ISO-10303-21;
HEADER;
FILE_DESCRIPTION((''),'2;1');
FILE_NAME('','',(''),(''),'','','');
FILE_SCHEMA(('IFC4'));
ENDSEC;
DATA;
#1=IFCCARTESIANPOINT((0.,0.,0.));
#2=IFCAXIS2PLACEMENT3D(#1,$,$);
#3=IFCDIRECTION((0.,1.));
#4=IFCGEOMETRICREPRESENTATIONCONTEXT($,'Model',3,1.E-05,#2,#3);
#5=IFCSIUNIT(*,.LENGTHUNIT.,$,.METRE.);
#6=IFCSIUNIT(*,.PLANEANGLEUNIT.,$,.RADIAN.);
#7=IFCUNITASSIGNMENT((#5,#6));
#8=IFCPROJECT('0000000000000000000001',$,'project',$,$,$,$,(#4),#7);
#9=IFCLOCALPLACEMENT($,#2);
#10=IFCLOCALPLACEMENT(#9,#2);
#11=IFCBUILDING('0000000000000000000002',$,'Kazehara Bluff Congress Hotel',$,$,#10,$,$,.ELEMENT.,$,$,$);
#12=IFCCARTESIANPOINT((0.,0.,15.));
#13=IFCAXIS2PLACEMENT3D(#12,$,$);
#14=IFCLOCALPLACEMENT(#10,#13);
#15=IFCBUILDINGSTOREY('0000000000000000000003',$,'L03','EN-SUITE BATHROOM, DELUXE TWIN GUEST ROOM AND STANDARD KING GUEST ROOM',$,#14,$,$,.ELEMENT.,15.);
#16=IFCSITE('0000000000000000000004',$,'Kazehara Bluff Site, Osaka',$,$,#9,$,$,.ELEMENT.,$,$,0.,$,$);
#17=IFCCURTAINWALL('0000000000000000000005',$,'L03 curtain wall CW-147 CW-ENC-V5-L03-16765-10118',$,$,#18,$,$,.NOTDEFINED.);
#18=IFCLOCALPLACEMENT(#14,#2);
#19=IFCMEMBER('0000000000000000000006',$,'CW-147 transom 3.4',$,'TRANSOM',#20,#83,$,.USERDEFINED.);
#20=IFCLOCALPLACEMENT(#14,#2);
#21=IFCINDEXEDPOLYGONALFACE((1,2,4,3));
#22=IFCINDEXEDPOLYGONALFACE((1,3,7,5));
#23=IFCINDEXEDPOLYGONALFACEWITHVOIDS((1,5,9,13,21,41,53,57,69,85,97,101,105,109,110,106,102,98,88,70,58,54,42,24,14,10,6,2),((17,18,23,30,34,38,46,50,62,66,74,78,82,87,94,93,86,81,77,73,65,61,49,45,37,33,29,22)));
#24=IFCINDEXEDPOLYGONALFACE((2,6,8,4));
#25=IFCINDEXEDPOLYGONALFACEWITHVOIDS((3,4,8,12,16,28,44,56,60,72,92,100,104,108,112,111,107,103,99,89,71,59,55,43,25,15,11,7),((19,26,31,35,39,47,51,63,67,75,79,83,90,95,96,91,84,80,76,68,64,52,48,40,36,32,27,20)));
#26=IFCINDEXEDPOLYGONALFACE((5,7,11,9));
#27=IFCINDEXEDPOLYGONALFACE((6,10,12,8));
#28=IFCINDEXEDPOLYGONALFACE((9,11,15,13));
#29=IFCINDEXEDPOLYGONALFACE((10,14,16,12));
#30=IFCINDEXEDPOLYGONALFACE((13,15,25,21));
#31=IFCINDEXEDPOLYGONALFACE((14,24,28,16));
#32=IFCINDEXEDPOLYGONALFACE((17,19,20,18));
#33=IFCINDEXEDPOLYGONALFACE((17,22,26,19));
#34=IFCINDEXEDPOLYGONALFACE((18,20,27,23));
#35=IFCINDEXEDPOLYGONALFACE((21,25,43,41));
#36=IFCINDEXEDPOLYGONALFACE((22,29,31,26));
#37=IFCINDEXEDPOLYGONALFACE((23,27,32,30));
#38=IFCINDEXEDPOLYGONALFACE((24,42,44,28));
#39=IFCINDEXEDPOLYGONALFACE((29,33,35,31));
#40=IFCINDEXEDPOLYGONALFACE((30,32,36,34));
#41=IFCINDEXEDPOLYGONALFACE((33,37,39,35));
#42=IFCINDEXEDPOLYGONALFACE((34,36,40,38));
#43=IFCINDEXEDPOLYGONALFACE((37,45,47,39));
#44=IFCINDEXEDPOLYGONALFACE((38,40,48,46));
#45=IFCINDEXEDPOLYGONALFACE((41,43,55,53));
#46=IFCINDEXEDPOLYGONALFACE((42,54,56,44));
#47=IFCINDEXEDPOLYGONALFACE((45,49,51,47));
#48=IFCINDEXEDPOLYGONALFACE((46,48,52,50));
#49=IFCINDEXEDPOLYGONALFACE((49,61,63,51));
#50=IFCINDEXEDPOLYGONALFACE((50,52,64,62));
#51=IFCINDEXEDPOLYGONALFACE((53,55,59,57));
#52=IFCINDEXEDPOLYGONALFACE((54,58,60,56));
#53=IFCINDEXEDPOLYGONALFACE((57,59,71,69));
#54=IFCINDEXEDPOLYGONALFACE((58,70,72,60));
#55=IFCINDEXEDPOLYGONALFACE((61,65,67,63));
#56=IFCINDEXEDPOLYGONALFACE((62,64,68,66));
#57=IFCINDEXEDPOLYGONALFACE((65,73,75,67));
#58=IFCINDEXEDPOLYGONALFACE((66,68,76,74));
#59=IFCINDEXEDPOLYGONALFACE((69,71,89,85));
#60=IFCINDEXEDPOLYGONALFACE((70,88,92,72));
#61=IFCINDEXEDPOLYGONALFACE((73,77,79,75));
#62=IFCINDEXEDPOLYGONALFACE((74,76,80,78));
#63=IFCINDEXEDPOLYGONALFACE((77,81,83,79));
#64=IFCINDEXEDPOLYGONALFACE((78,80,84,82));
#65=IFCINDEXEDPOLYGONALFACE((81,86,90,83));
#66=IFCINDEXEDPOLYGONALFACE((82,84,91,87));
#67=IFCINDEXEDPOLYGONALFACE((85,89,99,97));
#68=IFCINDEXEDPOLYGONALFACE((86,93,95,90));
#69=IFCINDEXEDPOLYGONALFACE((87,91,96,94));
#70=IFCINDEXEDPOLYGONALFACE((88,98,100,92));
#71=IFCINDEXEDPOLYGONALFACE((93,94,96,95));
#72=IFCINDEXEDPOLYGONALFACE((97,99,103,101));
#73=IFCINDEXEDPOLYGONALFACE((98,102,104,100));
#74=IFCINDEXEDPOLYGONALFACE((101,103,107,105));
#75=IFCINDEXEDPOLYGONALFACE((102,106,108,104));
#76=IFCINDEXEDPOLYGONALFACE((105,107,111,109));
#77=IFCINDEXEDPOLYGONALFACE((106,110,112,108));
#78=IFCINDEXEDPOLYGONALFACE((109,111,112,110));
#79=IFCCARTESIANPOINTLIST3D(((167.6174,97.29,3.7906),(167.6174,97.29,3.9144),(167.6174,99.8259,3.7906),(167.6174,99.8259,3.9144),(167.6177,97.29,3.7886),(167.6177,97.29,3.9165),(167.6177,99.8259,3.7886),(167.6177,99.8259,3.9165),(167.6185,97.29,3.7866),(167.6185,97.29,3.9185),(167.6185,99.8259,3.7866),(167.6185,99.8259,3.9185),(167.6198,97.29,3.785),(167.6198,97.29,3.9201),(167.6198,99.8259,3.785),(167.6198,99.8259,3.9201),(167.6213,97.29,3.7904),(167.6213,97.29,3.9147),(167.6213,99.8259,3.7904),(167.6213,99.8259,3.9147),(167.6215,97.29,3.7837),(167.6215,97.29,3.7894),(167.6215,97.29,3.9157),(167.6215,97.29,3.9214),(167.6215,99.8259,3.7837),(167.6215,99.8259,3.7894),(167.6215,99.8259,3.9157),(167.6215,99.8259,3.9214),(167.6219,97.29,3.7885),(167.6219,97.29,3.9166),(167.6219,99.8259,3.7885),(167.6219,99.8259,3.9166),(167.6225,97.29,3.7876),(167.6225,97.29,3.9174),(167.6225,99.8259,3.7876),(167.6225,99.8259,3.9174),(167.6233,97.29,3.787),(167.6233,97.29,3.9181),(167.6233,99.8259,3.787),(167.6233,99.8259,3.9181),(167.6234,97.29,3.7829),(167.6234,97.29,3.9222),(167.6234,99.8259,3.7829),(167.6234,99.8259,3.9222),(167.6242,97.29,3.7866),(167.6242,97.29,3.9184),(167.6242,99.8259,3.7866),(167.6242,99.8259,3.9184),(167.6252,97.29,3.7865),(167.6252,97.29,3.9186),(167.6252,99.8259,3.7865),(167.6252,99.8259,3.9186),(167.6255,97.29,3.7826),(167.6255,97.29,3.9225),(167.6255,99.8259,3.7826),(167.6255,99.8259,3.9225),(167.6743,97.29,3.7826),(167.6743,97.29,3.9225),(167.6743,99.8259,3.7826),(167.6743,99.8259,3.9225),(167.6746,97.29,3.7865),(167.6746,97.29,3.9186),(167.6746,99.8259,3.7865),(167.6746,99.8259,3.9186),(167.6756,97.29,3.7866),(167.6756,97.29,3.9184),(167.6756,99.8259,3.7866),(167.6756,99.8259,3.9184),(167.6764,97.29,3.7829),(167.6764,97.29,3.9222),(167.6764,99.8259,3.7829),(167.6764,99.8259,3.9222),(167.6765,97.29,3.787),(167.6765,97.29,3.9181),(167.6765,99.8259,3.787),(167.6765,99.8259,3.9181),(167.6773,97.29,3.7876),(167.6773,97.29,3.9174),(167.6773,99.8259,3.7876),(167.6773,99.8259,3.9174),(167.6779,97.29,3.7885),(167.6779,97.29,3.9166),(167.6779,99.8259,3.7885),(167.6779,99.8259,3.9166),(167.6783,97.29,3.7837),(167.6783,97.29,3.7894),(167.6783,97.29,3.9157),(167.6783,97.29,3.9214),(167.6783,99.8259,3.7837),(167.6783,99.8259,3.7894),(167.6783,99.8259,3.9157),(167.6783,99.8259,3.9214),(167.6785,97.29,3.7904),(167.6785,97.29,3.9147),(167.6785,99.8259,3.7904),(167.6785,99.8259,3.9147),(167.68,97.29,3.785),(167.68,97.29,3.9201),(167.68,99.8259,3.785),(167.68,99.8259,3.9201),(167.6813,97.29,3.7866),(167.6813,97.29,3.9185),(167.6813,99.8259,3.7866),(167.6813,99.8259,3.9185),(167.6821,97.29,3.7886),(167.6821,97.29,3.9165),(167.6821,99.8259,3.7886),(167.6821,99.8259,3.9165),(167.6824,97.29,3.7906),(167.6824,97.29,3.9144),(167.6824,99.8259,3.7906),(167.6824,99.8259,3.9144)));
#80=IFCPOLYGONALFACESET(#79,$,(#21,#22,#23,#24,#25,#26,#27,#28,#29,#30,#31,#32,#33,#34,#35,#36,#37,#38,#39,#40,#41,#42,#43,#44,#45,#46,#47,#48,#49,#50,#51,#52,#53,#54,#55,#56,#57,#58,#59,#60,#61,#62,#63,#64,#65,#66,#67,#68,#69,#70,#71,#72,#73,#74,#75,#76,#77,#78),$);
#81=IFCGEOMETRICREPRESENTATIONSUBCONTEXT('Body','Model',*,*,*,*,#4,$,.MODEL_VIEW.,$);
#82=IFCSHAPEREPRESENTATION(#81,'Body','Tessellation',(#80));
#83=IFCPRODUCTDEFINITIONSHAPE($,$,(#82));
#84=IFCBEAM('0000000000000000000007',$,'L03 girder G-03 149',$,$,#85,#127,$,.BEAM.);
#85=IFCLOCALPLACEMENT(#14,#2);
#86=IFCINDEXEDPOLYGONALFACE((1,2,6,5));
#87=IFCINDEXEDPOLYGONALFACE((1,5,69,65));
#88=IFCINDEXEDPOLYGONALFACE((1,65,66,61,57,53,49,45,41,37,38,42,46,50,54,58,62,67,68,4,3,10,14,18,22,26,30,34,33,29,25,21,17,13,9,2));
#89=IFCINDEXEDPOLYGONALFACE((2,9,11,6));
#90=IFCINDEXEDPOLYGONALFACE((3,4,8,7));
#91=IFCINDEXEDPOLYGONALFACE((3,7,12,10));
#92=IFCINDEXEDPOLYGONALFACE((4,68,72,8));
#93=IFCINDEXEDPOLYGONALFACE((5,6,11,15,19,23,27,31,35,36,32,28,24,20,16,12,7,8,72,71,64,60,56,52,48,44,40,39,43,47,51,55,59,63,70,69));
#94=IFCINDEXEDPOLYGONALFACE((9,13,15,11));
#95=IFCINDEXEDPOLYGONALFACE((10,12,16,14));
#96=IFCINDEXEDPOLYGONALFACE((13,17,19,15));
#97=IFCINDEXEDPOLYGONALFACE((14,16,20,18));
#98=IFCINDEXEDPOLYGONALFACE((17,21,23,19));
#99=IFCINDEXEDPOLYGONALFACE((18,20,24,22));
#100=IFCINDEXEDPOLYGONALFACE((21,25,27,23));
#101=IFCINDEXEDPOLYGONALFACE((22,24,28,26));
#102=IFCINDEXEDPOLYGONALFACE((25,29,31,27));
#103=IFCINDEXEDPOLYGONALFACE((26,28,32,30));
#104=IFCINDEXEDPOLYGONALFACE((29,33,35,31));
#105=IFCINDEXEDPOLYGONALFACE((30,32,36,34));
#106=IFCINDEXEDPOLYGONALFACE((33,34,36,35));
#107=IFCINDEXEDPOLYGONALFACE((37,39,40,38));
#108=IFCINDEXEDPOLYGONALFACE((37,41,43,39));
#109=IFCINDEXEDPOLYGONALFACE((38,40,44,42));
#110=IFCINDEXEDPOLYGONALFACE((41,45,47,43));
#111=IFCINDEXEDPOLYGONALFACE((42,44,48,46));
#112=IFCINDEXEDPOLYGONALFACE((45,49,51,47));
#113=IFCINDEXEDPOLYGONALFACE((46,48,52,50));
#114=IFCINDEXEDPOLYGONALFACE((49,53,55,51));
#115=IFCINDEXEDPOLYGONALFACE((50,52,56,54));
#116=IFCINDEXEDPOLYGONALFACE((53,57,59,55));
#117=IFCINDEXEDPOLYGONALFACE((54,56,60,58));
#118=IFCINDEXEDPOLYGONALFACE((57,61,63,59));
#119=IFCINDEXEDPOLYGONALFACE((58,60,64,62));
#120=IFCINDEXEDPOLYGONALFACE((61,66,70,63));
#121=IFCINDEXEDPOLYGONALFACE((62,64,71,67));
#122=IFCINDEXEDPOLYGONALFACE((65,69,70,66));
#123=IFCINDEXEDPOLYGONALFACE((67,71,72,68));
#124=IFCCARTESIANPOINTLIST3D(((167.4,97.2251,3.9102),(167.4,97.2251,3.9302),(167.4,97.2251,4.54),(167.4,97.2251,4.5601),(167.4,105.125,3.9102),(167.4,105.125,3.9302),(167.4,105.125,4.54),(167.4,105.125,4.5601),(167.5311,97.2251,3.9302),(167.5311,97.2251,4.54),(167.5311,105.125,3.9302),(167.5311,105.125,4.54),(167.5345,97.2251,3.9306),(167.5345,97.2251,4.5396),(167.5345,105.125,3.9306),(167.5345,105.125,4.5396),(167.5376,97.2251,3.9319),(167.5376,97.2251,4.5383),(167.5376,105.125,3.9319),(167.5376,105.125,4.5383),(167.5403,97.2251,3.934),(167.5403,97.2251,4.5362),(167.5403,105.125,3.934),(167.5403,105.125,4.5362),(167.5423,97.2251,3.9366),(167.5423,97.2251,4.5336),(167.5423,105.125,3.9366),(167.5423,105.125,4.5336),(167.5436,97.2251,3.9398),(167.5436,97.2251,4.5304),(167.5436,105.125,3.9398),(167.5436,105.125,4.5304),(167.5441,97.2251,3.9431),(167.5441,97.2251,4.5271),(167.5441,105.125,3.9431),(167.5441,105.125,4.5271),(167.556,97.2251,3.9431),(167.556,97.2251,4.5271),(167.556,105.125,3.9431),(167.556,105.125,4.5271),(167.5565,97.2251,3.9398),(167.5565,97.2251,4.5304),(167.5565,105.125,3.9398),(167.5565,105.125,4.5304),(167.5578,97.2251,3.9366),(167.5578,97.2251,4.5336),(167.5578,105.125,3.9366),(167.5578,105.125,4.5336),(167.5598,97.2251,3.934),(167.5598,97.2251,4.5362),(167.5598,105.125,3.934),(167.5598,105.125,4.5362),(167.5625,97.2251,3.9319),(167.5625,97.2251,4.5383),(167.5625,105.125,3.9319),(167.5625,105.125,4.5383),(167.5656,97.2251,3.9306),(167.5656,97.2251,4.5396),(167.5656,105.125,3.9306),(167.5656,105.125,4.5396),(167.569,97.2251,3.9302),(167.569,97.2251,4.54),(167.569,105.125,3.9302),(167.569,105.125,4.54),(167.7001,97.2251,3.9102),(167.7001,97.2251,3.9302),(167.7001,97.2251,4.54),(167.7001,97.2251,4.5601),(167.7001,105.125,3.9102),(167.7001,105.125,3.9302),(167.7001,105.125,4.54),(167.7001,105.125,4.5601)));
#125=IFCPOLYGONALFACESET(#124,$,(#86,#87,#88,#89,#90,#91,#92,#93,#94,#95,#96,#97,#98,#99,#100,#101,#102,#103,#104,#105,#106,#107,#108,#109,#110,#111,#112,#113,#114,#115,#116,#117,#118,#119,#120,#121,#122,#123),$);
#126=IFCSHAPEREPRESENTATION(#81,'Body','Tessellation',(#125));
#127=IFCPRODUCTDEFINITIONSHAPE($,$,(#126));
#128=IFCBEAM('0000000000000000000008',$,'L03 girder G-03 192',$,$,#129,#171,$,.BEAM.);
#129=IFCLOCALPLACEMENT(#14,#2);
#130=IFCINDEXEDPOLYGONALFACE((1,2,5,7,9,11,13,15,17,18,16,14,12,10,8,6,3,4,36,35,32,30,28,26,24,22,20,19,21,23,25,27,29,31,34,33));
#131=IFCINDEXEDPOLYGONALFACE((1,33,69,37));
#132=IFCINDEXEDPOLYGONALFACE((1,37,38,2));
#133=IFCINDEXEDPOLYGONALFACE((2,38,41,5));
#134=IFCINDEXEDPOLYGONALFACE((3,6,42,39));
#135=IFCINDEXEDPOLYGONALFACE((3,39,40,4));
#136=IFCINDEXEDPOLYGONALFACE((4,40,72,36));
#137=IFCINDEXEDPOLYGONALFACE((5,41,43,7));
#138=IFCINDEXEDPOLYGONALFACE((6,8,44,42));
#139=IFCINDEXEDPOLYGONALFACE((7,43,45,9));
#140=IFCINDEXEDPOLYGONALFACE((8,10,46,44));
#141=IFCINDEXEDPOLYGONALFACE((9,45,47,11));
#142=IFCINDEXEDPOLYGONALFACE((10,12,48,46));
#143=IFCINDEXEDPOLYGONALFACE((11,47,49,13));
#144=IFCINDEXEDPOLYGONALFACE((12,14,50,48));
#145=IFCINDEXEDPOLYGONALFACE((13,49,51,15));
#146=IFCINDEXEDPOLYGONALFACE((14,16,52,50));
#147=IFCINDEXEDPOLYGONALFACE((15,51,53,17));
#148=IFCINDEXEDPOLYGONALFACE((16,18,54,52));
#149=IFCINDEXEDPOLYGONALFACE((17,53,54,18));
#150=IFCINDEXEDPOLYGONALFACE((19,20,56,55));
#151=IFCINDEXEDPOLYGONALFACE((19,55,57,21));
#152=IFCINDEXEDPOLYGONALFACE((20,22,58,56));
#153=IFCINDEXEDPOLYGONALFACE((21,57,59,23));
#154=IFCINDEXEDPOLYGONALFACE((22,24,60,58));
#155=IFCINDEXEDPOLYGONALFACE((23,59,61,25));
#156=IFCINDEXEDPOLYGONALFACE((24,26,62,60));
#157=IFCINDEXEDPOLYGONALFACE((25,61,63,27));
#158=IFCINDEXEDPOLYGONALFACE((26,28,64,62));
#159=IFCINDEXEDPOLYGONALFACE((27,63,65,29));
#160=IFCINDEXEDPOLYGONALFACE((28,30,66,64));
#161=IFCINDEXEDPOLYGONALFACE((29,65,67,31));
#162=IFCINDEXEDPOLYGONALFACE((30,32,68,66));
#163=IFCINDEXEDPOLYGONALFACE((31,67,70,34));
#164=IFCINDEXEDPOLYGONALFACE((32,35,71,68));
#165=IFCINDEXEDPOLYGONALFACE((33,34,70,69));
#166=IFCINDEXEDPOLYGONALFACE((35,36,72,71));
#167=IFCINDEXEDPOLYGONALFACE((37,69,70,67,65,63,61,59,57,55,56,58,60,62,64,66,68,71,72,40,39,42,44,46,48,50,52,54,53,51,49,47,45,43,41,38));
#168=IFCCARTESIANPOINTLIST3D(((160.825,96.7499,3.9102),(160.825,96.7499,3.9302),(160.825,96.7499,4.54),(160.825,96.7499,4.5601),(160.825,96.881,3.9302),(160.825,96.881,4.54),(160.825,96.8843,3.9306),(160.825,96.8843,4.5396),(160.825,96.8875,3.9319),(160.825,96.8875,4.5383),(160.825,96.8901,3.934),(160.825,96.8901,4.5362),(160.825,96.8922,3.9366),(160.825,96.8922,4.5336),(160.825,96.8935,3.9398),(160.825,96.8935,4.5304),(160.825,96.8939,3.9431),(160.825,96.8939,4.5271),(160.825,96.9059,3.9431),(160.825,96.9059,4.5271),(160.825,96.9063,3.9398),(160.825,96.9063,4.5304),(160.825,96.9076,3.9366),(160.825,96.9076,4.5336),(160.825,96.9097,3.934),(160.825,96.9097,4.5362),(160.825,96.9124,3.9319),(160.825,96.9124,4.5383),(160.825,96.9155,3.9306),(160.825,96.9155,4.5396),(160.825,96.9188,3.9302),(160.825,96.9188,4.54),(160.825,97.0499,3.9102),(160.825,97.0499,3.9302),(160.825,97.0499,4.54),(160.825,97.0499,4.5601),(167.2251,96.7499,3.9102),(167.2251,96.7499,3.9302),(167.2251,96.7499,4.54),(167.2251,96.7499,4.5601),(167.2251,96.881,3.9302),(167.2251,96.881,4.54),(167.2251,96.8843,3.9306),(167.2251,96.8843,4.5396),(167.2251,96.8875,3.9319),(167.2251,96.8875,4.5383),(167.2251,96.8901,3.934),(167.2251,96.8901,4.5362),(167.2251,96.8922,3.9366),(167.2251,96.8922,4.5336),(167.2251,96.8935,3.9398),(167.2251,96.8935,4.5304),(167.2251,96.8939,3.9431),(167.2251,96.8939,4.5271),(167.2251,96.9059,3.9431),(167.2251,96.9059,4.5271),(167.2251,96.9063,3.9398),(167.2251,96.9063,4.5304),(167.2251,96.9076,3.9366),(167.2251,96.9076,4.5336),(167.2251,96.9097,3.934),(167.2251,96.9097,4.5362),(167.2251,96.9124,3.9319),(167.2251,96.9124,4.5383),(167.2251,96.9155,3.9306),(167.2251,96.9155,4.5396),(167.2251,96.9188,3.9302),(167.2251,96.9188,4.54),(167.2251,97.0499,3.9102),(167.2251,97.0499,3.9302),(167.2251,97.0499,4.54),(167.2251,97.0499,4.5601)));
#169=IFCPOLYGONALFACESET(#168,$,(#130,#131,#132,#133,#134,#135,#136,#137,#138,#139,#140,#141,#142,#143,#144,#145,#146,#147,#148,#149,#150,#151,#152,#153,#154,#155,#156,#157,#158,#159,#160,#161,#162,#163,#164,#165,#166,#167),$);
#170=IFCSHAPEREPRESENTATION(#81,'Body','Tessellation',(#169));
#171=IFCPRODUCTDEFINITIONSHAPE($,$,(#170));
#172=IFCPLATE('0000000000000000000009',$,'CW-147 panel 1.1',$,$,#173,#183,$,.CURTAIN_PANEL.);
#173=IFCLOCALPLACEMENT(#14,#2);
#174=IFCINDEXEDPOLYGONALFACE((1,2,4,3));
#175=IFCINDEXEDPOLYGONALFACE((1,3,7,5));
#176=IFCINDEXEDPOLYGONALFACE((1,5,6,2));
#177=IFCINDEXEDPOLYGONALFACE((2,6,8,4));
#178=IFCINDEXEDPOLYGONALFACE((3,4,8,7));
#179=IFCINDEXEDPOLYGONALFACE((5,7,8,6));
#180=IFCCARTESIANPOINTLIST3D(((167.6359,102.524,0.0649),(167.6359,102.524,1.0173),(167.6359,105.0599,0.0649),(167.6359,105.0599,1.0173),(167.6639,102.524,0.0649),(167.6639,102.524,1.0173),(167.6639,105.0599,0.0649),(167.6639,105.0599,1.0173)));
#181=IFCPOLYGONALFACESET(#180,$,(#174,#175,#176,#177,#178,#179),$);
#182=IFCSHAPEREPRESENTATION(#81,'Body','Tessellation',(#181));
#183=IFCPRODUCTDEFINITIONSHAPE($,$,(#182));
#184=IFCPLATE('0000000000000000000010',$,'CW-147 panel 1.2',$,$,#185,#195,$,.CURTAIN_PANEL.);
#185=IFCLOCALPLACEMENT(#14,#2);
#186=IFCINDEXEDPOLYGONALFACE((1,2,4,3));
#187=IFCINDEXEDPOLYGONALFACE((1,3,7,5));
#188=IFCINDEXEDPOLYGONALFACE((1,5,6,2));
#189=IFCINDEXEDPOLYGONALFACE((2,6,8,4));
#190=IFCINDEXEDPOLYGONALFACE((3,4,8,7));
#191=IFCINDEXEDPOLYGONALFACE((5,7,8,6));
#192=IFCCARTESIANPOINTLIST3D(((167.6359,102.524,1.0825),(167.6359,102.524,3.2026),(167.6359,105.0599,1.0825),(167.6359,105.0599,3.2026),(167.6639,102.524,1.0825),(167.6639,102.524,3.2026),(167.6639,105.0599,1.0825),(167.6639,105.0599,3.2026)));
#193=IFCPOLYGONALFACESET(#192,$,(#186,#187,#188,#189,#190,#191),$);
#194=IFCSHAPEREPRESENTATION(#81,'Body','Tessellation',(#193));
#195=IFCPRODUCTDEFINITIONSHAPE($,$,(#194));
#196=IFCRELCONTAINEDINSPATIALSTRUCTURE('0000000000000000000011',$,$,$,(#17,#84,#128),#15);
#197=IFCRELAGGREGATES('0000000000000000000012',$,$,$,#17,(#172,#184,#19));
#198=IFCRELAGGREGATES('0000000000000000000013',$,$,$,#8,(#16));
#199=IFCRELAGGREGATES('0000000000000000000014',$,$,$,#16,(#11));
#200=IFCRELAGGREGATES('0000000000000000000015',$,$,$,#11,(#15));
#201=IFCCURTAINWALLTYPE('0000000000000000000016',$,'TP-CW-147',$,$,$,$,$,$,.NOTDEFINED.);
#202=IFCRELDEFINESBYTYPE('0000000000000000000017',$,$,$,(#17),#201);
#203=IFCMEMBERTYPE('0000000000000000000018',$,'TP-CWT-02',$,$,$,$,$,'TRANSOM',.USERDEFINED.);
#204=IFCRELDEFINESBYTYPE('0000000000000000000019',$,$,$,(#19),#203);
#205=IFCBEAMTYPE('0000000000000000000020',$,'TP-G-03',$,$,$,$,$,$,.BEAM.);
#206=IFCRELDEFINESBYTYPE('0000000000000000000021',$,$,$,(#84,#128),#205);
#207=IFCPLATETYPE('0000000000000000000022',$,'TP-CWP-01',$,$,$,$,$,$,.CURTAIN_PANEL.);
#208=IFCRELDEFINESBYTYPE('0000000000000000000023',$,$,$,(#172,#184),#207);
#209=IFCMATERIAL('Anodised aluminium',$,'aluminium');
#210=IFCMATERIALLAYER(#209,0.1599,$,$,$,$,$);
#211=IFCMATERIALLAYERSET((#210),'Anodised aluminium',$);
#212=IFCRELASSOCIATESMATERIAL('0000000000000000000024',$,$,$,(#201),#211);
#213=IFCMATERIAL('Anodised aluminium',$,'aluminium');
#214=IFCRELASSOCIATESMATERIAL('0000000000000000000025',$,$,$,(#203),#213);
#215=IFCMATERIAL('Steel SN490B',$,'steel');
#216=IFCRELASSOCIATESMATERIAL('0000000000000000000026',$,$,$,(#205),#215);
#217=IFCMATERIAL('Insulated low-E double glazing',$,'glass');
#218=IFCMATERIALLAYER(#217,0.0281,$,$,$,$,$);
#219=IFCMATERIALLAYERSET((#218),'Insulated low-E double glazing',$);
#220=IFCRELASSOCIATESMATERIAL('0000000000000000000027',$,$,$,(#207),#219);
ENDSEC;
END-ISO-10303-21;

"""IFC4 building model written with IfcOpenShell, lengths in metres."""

from ifc_helpers import new_model, si_unit, direction, frame, origin, origin_2d, place, context, subcontext, project, spatial, rectangle, hollow_rectangle, i_section, extrude, material, layer, layer_set, material_profile, profile_set, type_object, element, aggregate, save


model = new_model("IFC4")

# Units and contexts
model_context = context("Model", 3, precision=1e-05, world=origin(), true_north=direction((0.0, 1.0)))
body_context = subcontext(model_context, "Body", "Model", "MODEL_VIEW")
ifc_project = project(units=[si_unit("LENGTHUNIT", "METRE"), si_unit("PLANEANGLEUNIT", "RADIAN")], contexts=[model_context])

# Site, building, storey
site_placement = place(None, origin())
site = spatial("IfcSite", under=ifc_project, at=site_placement, Name="Kazehara Bluff Site, Osaka", CompositionType="ELEMENT", RefElevation=0.0)
building_placement = place(site_placement, origin())
building = spatial("IfcBuilding", under=site, at=building_placement, Name="Kazehara Bluff Congress Hotel", CompositionType="ELEMENT")
storey_placement = place(building_placement, frame((0.0, 0.0, 15.0)))
storey = spatial("IfcBuildingStorey", under=building, at=storey_placement, Name="L03", Description="EN-SUITE BATHROOM, DELUXE TWIN GUEST ROOM AND STANDARD KING GUEST ROOM", CompositionType="ELEMENT", Elevation=15.0)

# Curtain wall, member
ifc_material_1 = material(Name="Anodised aluminium", Category="aluminium")
ifc_layer_1 = layer(ifc_material_1, 0.1599)
ifc_layer_set_1 = layer_set([ifc_layer_1], Name="Anodised aluminium")
curtain_wall_type = type_object("IfcCurtainWallType", Name="TP-CW-147", PredefinedType="NOTDEFINED", material=ifc_layer_set_1)
curtain_wall_placement = place(storey_placement, origin())
curtain_wall = element("IfcCurtainWall", 1, at=curtain_wall_placement, inside=storey, type_object=curtain_wall_type, Name="L03 curtain wall CW-147 CW-ENC-V5-L03-16765-10118", PredefinedType="NOTDEFINED")
ifc_material_2 = material(Name="Anodised aluminium", Category="aluminium")
ifc_material_profile_1 = material_profile(ifc_material_2, hollow_rectangle(XDim=0.0649, YDim=0.1399, WallThickness=0.0039, InnerFilletRadius=0.0039, OuterFilletRadius=0.0081, at=origin_2d()))
ifc_profile_set_1 = profile_set([ifc_material_profile_1], Name="Anodised aluminium")
member_type_1 = type_object("IfcMemberType", Name="TP-CWT-02", ElementType="TRANSOM", PredefinedType="USERDEFINED", material=ifc_profile_set_1)
member_1_placement = place(storey_placement, frame((167.6499, 99.8259, 3.8525), z_axis=(0.0, -1.0, 0.0), x_axis=(1.0, 0.0, 0.0)))
member_1 = element("IfcMember", 2, at=member_1_placement, type_object=member_type_1, Name="CW-147 transom 3.4", ObjectType="TRANSOM", PredefinedType="USERDEFINED", context=body_context, shape_type="SweptSolid", body=[
    extrude(hollow_rectangle(XDim=0.0649, YDim=0.1399, WallThickness=0.0039, InnerFilletRadius=0.0039, OuterFilletRadius=0.0081, at=origin_2d()), origin(), (0.0, 0.0, 1.0), 2.5359),
])

# Beams
ifc_material_3 = material(Name="Steel SN490B", Category="steel")
ifc_material_profile_2 = material_profile(ifc_material_3, i_section(OverallWidth=0.3, OverallDepth=0.6499, WebThickness=0.012, FlangeThickness=0.02, FilletRadius=0.0129, at=origin_2d()))
ifc_profile_set_2 = profile_set([ifc_material_profile_2], Name="Steel SN490B")
beam_type = type_object("IfcBeamType", Name="TP-G-03", PredefinedType="BEAM", material=ifc_profile_set_2)
beam_1_placement = place(storey_placement, frame((167.55, 97.2251, 4.2351), z_axis=(0.0, 1.0, 0.0), x_axis=(-1.0, 0.0, 0.0)))
element("IfcBeam", 3, at=beam_1_placement, inside=storey, type_object=beam_type, Name="L03 girder G-03 149", PredefinedType="BEAM", context=body_context, shape_type="SweptSolid", body=[
    extrude(i_section(OverallWidth=0.3, OverallDepth=0.6499, WebThickness=0.012, FlangeThickness=0.02, FilletRadius=0.0129, at=origin_2d()), origin(), (0.0, 0.0, 1.0), 7.8999),
])
beam_2_placement = place(storey_placement, frame((160.825, 96.8999, 4.2351), z_axis=(1.0, 0.0, 0.0), x_axis=(0.0, 1.0, 0.0)))
element("IfcBeam", 4, at=beam_2_placement, inside=storey, type_object=beam_type, Name="L03 girder G-03 192", PredefinedType="BEAM", context=body_context, shape_type="SweptSolid", body=[
    extrude(i_section(OverallWidth=0.3, OverallDepth=0.6499, WebThickness=0.012, FlangeThickness=0.02, FilletRadius=0.0129, at=origin_2d()), origin(), (0.0, 0.0, 1.0), 6.4001),
])

# Plates
ifc_material_4 = material(Name="Insulated low-E double glazing", Category="glass")
ifc_layer_2 = layer(ifc_material_4, 0.0281)
ifc_layer_set_2 = layer_set([ifc_layer_2], Name="Insulated low-E double glazing")
plate_type = type_object("IfcPlateType", Name="TP-CWP-01", PredefinedType="CURTAIN_PANEL", material=ifc_layer_set_2)
plate_1_placement = place(storey_placement, frame((167.6499, 103.792, 0.0649), z_axis=(0.0, 0.0, 1.0), x_axis=(0.0, -1.0, 0.0)))
plate_1 = element("IfcPlate", 5, at=plate_1_placement, type_object=plate_type, Name="CW-147 panel 1.1", PredefinedType="CURTAIN_PANEL", context=body_context, shape_type="SweptSolid", body=[
    extrude(rectangle(XDim=2.5359, YDim=0.0281, at=origin_2d()), origin(), (0.0, 0.0, 1.0), 0.9524),
])
plate_2_placement = place(storey_placement, frame((167.6499, 103.792, 1.0825), z_axis=(0.0, 0.0, 1.0), x_axis=(0.0, -1.0, 0.0)))
plate_2 = element("IfcPlate", 6, at=plate_2_placement, type_object=plate_type, Name="CW-147 panel 1.2", PredefinedType="CURTAIN_PANEL", context=body_context, shape_type="SweptSolid", body=[
    extrude(rectangle(XDim=2.5359, YDim=0.0281, at=origin_2d()), origin(), (0.0, 0.0, 1.0), 2.1201),
])
aggregate(curtain_wall, [plate_1, plate_2, member_1])

save(model, "model.ifc")
